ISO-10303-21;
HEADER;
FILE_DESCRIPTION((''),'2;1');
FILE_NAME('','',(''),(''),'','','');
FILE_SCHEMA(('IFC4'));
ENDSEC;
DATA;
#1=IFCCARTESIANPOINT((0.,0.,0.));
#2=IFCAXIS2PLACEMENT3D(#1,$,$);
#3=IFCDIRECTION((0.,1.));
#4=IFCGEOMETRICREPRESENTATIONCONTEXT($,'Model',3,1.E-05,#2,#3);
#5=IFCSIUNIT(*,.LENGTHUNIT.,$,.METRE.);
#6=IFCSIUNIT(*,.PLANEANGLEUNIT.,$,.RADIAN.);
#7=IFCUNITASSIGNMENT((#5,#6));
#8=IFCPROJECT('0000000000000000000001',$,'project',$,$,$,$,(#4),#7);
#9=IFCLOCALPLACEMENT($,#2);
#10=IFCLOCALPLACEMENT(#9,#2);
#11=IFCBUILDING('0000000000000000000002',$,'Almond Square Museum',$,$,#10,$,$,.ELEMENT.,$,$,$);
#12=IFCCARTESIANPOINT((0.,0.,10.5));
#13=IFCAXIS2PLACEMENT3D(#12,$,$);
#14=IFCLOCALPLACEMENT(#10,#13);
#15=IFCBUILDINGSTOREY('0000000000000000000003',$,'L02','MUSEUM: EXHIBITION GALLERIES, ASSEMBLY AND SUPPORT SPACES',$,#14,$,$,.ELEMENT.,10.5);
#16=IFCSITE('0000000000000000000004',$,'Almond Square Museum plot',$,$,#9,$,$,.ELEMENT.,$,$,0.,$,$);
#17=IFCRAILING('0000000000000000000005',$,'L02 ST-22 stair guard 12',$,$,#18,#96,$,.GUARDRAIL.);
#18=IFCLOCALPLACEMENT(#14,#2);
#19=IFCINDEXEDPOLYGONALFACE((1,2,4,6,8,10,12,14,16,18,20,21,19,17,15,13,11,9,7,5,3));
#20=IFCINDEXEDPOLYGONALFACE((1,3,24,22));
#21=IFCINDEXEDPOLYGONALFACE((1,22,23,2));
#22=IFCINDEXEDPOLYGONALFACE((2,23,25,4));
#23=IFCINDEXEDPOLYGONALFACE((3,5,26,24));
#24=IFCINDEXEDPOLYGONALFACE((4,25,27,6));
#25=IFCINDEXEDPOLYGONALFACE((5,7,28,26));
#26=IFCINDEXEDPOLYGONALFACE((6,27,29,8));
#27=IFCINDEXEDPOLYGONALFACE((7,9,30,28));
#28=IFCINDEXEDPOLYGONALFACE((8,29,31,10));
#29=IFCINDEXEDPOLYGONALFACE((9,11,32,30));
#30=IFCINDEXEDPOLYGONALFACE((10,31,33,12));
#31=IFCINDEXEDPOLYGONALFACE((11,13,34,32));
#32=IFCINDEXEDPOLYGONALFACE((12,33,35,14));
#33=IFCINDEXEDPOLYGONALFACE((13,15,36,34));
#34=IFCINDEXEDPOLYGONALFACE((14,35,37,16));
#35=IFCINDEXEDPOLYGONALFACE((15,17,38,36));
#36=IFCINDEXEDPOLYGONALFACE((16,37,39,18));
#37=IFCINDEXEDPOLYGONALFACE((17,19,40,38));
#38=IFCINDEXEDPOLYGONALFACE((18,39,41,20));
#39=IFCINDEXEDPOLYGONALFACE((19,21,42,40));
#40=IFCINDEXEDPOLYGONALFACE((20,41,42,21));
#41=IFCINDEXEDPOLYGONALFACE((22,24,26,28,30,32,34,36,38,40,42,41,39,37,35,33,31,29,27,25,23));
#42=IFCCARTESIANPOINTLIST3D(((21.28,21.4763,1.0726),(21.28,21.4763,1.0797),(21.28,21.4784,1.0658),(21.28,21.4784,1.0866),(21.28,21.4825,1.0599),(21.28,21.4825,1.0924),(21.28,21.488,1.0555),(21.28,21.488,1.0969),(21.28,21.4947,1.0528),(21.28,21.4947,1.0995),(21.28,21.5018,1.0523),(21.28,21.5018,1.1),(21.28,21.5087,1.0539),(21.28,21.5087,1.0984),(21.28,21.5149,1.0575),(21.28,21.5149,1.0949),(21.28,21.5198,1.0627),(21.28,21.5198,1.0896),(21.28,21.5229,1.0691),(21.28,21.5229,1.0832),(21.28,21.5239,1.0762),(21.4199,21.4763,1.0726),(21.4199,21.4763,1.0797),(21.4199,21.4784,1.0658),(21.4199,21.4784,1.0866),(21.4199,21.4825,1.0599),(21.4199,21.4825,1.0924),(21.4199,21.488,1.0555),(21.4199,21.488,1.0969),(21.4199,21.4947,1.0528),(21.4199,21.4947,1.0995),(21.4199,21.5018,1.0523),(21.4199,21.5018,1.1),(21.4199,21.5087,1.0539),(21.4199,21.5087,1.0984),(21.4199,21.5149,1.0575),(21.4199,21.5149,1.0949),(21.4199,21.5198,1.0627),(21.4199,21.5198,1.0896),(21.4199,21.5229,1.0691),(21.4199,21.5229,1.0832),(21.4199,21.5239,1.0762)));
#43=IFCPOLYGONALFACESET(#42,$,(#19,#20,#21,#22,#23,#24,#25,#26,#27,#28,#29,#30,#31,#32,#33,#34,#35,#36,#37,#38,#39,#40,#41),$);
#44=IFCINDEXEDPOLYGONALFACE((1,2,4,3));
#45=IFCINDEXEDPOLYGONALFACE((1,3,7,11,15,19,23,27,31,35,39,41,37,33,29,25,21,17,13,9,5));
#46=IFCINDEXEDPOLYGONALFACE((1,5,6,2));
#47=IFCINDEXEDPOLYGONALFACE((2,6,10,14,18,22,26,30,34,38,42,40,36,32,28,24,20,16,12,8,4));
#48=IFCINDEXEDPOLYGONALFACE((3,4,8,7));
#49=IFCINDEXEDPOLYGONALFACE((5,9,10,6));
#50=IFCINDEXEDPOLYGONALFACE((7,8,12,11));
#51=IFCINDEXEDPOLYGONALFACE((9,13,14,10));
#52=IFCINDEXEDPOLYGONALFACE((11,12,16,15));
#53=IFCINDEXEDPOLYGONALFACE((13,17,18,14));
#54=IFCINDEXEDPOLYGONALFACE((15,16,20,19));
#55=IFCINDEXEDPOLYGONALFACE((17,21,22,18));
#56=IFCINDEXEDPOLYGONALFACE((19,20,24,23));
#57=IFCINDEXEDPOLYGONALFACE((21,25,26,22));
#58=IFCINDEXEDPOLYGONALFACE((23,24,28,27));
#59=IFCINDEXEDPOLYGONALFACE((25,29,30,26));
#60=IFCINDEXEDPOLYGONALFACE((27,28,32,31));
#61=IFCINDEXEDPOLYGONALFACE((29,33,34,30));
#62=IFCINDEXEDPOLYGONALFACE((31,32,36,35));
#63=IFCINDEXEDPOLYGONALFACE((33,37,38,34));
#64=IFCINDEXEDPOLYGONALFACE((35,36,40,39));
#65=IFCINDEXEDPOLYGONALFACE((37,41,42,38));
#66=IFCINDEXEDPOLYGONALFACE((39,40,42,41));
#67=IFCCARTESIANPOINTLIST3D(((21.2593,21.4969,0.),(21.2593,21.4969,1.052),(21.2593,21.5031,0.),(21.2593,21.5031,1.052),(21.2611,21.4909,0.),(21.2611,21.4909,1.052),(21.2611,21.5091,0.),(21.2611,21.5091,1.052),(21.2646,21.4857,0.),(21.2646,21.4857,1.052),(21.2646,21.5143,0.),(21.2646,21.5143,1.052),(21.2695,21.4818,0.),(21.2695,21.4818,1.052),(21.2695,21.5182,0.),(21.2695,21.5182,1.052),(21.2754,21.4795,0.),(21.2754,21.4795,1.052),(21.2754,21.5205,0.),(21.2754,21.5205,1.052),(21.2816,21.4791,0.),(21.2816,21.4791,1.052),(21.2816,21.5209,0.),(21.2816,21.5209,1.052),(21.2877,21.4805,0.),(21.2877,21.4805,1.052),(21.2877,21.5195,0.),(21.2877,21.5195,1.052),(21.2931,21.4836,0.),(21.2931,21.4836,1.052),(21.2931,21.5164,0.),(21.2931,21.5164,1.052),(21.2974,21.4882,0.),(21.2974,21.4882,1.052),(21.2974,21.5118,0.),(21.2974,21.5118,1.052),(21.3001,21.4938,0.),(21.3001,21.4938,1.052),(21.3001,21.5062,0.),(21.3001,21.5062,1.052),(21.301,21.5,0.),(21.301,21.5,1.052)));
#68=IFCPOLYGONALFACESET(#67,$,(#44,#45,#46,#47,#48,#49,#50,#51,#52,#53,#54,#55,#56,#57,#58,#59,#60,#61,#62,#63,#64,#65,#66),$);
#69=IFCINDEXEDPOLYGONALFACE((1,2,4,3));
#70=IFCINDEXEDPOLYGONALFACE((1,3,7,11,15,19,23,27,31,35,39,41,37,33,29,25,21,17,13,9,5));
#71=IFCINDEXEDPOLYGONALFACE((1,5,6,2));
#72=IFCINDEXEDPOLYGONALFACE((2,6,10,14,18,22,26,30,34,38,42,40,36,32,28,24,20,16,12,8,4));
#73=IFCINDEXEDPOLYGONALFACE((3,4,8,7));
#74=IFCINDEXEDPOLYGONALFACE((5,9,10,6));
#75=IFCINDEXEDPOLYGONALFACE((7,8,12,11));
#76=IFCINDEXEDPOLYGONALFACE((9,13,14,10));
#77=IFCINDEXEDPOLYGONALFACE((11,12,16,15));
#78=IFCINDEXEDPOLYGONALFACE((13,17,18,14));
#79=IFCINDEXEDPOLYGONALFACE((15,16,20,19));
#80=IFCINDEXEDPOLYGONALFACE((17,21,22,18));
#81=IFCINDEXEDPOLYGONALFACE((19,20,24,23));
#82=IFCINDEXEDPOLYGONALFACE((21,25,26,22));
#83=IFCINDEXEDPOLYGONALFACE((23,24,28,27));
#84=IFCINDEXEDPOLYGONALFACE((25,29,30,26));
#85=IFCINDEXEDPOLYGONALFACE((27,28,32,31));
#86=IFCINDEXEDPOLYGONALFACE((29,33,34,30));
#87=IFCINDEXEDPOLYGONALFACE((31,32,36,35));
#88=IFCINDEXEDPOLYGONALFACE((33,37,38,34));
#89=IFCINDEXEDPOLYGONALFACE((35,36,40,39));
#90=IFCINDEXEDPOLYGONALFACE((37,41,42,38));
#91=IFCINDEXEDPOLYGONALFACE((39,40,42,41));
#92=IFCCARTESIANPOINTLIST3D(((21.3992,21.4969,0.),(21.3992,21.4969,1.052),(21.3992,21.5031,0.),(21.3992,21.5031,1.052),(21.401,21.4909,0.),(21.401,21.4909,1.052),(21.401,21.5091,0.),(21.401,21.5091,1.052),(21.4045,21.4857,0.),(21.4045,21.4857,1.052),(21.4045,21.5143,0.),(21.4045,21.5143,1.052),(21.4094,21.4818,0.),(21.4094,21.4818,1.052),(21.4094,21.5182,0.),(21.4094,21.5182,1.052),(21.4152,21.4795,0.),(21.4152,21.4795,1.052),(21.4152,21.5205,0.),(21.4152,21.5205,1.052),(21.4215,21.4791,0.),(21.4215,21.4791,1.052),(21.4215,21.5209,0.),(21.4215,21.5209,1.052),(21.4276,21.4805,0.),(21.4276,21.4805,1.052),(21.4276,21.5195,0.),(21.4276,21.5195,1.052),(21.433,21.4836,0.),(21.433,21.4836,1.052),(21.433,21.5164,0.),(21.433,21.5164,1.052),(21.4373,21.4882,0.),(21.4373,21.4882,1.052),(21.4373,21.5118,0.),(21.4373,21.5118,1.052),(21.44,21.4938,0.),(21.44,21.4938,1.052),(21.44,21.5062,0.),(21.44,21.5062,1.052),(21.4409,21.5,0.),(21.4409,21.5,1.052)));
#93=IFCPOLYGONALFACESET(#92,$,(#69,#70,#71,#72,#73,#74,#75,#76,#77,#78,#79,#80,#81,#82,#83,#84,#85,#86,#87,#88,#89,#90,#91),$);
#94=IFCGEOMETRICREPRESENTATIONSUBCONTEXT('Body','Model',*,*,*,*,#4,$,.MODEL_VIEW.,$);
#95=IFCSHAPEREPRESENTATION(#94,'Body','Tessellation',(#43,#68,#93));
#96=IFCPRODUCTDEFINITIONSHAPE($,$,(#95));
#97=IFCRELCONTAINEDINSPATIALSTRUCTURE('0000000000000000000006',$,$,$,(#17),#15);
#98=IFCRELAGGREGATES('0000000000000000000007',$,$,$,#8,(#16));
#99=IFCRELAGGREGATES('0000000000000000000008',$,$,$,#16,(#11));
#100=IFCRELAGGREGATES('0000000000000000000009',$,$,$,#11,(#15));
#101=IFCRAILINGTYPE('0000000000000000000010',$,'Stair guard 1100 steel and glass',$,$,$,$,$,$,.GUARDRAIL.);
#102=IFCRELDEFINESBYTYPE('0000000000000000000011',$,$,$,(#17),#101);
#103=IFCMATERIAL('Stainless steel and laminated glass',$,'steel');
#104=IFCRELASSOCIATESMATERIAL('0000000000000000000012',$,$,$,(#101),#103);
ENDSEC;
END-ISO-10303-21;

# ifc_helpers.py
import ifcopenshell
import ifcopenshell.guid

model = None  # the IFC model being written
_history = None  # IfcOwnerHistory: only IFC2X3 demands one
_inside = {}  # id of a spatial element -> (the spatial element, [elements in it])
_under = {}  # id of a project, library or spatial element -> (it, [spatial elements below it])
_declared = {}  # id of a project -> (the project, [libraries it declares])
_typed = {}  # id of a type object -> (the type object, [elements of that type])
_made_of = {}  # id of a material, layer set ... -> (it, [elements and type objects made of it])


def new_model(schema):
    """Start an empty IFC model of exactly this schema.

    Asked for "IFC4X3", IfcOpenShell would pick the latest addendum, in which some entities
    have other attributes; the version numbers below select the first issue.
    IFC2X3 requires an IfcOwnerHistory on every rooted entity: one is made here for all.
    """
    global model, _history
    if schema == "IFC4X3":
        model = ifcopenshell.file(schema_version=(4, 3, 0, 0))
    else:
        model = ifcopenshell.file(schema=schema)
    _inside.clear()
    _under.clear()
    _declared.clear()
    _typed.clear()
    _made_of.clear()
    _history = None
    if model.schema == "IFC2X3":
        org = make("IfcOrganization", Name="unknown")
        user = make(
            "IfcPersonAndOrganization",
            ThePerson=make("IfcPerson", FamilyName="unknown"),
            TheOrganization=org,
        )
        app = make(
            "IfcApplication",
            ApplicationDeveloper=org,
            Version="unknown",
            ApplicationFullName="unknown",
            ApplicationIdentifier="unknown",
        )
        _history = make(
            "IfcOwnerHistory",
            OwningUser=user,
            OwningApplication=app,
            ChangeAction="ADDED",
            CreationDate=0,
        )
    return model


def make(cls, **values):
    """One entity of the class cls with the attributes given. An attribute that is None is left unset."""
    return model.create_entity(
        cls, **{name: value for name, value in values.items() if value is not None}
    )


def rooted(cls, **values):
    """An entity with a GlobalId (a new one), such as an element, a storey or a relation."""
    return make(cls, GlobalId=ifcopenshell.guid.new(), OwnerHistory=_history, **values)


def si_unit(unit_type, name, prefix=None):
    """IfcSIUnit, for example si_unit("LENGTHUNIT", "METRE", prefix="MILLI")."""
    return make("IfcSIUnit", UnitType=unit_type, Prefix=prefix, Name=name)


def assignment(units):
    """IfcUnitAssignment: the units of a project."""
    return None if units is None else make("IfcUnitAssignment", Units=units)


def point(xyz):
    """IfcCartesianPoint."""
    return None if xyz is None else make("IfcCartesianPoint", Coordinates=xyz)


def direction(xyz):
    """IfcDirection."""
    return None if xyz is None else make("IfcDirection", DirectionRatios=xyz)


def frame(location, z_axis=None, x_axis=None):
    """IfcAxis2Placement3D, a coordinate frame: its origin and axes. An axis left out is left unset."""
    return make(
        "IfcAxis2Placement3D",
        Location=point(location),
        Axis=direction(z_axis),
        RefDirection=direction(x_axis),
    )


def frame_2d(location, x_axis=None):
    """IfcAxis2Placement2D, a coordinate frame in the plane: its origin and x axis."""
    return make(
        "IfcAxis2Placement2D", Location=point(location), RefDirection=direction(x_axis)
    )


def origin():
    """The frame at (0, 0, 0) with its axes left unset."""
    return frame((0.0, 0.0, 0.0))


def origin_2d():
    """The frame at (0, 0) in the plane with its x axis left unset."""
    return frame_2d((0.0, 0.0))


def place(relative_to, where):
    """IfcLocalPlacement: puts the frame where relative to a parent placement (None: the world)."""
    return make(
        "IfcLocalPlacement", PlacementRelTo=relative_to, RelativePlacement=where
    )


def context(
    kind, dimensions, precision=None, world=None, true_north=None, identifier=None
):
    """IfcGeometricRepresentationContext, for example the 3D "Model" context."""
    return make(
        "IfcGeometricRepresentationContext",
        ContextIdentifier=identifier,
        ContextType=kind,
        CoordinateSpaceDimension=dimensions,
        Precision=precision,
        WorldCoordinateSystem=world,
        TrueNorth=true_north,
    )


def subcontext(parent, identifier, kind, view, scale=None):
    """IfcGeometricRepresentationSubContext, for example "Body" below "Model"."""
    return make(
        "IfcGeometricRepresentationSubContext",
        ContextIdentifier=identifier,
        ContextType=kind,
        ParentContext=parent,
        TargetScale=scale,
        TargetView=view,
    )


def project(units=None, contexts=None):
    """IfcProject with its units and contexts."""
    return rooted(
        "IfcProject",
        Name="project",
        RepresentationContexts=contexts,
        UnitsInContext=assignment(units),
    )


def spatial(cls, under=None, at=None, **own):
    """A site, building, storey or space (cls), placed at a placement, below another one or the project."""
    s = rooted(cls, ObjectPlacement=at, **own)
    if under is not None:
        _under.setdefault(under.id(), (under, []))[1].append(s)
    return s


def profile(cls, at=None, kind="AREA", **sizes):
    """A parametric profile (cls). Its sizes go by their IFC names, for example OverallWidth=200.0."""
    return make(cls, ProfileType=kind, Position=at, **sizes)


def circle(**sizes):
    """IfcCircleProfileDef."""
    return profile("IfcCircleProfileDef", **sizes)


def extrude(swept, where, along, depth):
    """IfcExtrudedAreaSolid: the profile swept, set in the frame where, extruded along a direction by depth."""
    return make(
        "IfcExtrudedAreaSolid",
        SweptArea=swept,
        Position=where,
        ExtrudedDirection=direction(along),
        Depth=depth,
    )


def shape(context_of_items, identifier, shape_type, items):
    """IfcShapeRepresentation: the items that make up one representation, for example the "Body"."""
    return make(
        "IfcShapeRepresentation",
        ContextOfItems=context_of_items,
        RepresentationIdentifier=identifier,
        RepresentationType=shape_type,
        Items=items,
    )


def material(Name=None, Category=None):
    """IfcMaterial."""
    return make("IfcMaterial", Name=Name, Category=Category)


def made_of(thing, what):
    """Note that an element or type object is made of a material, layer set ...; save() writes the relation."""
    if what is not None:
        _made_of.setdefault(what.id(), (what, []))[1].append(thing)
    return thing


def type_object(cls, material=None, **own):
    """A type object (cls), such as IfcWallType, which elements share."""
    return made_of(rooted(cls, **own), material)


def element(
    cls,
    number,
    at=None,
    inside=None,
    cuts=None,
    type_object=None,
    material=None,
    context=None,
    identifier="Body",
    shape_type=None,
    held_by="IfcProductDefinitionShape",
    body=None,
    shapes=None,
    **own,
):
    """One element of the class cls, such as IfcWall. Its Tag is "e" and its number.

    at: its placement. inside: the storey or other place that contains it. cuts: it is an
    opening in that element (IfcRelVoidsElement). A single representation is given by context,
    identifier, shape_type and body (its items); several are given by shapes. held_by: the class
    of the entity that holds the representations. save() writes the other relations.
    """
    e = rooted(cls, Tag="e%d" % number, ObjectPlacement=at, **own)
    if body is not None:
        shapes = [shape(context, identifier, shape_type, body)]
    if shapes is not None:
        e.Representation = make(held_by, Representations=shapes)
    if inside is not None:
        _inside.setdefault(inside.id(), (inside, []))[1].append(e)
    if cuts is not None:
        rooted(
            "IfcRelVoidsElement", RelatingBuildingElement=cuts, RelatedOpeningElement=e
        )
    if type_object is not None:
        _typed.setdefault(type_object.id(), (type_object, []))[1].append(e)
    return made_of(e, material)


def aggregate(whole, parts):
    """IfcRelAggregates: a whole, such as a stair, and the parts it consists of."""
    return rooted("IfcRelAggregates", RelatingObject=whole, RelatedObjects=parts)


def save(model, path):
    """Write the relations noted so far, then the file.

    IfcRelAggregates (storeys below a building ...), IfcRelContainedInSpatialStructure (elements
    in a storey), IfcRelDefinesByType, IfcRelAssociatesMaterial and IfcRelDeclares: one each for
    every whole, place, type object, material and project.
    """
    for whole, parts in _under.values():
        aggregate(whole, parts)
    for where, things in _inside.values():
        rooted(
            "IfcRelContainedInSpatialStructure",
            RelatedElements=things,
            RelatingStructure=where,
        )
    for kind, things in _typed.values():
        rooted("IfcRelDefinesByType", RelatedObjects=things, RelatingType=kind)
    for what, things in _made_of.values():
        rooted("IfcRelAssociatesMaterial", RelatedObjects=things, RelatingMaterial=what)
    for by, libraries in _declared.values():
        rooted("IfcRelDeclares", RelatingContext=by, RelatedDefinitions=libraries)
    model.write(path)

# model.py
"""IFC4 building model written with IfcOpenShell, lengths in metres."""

from ifc_helpers import new_model, si_unit, direction, frame, origin, origin_2d, place, context, subcontext, project, spatial, circle, extrude, material, type_object, element, save


model = new_model("IFC4")

# Units and contexts
model_context = context("Model", 3, precision=1e-05, world=origin(), true_north=direction((0.0, 1.0)))
body_context = subcontext(model_context, "Body", "Model", "MODEL_VIEW")
ifc_project = project(units=[si_unit("LENGTHUNIT", "METRE"), si_unit("PLANEANGLEUNIT", "RADIAN")], contexts=[model_context])

# Site, building, storey
site_placement = place(None, origin())
site = spatial("IfcSite", under=ifc_project, at=site_placement, Name="Almond Square Museum plot", CompositionType="ELEMENT", RefElevation=0.0)
building_placement = place(site_placement, origin())
building = spatial("IfcBuilding", under=site, at=building_placement, Name="Almond Square Museum", CompositionType="ELEMENT")
storey_placement = place(building_placement, frame((0.0, 0.0, 10.5)))
storey = spatial("IfcBuildingStorey", under=building, at=storey_placement, Name="L02", Description="MUSEUM: EXHIBITION GALLERIES, ASSEMBLY AND SUPPORT SPACES", CompositionType="ELEMENT", Elevation=10.5)

# Railing
ifc_material_1 = material(Name="Stainless steel and laminated glass", Category="steel")
railing_type_1 = type_object("IfcRailingType", Name="Stair guard 1100 steel and glass", PredefinedType="GUARDRAIL", material=ifc_material_1)
railing_1_placement = place(storey_placement, frame((21.28, 21.5, 0.0)))
element("IfcRailing", 1, at=railing_1_placement, inside=storey, type_object=railing_type_1, Name="L02 ST-22 stair guard 12", PredefinedType="GUARDRAIL", context=body_context, shape_type="SweptSolid", body=[
    extrude(circle(Radius=0.0239, at=origin_2d()), frame((0.0, 0.0, 1.0762), z_axis=(1.0, 0.0, 0.0), x_axis=(0.0, 1.0, 0.0)), (0.0, 0.0, 1.0), 0.1399),
    extrude(circle(Radius=0.021, at=origin_2d()), origin(), (0.0, 0.0, 1.0), 1.052),
    extrude(circle(Radius=0.021, at=origin_2d()), frame((0.1399, 0.0, 0.0)), (0.0, 0.0, 1.0), 1.052),
])

save(model, "model.ifc")
